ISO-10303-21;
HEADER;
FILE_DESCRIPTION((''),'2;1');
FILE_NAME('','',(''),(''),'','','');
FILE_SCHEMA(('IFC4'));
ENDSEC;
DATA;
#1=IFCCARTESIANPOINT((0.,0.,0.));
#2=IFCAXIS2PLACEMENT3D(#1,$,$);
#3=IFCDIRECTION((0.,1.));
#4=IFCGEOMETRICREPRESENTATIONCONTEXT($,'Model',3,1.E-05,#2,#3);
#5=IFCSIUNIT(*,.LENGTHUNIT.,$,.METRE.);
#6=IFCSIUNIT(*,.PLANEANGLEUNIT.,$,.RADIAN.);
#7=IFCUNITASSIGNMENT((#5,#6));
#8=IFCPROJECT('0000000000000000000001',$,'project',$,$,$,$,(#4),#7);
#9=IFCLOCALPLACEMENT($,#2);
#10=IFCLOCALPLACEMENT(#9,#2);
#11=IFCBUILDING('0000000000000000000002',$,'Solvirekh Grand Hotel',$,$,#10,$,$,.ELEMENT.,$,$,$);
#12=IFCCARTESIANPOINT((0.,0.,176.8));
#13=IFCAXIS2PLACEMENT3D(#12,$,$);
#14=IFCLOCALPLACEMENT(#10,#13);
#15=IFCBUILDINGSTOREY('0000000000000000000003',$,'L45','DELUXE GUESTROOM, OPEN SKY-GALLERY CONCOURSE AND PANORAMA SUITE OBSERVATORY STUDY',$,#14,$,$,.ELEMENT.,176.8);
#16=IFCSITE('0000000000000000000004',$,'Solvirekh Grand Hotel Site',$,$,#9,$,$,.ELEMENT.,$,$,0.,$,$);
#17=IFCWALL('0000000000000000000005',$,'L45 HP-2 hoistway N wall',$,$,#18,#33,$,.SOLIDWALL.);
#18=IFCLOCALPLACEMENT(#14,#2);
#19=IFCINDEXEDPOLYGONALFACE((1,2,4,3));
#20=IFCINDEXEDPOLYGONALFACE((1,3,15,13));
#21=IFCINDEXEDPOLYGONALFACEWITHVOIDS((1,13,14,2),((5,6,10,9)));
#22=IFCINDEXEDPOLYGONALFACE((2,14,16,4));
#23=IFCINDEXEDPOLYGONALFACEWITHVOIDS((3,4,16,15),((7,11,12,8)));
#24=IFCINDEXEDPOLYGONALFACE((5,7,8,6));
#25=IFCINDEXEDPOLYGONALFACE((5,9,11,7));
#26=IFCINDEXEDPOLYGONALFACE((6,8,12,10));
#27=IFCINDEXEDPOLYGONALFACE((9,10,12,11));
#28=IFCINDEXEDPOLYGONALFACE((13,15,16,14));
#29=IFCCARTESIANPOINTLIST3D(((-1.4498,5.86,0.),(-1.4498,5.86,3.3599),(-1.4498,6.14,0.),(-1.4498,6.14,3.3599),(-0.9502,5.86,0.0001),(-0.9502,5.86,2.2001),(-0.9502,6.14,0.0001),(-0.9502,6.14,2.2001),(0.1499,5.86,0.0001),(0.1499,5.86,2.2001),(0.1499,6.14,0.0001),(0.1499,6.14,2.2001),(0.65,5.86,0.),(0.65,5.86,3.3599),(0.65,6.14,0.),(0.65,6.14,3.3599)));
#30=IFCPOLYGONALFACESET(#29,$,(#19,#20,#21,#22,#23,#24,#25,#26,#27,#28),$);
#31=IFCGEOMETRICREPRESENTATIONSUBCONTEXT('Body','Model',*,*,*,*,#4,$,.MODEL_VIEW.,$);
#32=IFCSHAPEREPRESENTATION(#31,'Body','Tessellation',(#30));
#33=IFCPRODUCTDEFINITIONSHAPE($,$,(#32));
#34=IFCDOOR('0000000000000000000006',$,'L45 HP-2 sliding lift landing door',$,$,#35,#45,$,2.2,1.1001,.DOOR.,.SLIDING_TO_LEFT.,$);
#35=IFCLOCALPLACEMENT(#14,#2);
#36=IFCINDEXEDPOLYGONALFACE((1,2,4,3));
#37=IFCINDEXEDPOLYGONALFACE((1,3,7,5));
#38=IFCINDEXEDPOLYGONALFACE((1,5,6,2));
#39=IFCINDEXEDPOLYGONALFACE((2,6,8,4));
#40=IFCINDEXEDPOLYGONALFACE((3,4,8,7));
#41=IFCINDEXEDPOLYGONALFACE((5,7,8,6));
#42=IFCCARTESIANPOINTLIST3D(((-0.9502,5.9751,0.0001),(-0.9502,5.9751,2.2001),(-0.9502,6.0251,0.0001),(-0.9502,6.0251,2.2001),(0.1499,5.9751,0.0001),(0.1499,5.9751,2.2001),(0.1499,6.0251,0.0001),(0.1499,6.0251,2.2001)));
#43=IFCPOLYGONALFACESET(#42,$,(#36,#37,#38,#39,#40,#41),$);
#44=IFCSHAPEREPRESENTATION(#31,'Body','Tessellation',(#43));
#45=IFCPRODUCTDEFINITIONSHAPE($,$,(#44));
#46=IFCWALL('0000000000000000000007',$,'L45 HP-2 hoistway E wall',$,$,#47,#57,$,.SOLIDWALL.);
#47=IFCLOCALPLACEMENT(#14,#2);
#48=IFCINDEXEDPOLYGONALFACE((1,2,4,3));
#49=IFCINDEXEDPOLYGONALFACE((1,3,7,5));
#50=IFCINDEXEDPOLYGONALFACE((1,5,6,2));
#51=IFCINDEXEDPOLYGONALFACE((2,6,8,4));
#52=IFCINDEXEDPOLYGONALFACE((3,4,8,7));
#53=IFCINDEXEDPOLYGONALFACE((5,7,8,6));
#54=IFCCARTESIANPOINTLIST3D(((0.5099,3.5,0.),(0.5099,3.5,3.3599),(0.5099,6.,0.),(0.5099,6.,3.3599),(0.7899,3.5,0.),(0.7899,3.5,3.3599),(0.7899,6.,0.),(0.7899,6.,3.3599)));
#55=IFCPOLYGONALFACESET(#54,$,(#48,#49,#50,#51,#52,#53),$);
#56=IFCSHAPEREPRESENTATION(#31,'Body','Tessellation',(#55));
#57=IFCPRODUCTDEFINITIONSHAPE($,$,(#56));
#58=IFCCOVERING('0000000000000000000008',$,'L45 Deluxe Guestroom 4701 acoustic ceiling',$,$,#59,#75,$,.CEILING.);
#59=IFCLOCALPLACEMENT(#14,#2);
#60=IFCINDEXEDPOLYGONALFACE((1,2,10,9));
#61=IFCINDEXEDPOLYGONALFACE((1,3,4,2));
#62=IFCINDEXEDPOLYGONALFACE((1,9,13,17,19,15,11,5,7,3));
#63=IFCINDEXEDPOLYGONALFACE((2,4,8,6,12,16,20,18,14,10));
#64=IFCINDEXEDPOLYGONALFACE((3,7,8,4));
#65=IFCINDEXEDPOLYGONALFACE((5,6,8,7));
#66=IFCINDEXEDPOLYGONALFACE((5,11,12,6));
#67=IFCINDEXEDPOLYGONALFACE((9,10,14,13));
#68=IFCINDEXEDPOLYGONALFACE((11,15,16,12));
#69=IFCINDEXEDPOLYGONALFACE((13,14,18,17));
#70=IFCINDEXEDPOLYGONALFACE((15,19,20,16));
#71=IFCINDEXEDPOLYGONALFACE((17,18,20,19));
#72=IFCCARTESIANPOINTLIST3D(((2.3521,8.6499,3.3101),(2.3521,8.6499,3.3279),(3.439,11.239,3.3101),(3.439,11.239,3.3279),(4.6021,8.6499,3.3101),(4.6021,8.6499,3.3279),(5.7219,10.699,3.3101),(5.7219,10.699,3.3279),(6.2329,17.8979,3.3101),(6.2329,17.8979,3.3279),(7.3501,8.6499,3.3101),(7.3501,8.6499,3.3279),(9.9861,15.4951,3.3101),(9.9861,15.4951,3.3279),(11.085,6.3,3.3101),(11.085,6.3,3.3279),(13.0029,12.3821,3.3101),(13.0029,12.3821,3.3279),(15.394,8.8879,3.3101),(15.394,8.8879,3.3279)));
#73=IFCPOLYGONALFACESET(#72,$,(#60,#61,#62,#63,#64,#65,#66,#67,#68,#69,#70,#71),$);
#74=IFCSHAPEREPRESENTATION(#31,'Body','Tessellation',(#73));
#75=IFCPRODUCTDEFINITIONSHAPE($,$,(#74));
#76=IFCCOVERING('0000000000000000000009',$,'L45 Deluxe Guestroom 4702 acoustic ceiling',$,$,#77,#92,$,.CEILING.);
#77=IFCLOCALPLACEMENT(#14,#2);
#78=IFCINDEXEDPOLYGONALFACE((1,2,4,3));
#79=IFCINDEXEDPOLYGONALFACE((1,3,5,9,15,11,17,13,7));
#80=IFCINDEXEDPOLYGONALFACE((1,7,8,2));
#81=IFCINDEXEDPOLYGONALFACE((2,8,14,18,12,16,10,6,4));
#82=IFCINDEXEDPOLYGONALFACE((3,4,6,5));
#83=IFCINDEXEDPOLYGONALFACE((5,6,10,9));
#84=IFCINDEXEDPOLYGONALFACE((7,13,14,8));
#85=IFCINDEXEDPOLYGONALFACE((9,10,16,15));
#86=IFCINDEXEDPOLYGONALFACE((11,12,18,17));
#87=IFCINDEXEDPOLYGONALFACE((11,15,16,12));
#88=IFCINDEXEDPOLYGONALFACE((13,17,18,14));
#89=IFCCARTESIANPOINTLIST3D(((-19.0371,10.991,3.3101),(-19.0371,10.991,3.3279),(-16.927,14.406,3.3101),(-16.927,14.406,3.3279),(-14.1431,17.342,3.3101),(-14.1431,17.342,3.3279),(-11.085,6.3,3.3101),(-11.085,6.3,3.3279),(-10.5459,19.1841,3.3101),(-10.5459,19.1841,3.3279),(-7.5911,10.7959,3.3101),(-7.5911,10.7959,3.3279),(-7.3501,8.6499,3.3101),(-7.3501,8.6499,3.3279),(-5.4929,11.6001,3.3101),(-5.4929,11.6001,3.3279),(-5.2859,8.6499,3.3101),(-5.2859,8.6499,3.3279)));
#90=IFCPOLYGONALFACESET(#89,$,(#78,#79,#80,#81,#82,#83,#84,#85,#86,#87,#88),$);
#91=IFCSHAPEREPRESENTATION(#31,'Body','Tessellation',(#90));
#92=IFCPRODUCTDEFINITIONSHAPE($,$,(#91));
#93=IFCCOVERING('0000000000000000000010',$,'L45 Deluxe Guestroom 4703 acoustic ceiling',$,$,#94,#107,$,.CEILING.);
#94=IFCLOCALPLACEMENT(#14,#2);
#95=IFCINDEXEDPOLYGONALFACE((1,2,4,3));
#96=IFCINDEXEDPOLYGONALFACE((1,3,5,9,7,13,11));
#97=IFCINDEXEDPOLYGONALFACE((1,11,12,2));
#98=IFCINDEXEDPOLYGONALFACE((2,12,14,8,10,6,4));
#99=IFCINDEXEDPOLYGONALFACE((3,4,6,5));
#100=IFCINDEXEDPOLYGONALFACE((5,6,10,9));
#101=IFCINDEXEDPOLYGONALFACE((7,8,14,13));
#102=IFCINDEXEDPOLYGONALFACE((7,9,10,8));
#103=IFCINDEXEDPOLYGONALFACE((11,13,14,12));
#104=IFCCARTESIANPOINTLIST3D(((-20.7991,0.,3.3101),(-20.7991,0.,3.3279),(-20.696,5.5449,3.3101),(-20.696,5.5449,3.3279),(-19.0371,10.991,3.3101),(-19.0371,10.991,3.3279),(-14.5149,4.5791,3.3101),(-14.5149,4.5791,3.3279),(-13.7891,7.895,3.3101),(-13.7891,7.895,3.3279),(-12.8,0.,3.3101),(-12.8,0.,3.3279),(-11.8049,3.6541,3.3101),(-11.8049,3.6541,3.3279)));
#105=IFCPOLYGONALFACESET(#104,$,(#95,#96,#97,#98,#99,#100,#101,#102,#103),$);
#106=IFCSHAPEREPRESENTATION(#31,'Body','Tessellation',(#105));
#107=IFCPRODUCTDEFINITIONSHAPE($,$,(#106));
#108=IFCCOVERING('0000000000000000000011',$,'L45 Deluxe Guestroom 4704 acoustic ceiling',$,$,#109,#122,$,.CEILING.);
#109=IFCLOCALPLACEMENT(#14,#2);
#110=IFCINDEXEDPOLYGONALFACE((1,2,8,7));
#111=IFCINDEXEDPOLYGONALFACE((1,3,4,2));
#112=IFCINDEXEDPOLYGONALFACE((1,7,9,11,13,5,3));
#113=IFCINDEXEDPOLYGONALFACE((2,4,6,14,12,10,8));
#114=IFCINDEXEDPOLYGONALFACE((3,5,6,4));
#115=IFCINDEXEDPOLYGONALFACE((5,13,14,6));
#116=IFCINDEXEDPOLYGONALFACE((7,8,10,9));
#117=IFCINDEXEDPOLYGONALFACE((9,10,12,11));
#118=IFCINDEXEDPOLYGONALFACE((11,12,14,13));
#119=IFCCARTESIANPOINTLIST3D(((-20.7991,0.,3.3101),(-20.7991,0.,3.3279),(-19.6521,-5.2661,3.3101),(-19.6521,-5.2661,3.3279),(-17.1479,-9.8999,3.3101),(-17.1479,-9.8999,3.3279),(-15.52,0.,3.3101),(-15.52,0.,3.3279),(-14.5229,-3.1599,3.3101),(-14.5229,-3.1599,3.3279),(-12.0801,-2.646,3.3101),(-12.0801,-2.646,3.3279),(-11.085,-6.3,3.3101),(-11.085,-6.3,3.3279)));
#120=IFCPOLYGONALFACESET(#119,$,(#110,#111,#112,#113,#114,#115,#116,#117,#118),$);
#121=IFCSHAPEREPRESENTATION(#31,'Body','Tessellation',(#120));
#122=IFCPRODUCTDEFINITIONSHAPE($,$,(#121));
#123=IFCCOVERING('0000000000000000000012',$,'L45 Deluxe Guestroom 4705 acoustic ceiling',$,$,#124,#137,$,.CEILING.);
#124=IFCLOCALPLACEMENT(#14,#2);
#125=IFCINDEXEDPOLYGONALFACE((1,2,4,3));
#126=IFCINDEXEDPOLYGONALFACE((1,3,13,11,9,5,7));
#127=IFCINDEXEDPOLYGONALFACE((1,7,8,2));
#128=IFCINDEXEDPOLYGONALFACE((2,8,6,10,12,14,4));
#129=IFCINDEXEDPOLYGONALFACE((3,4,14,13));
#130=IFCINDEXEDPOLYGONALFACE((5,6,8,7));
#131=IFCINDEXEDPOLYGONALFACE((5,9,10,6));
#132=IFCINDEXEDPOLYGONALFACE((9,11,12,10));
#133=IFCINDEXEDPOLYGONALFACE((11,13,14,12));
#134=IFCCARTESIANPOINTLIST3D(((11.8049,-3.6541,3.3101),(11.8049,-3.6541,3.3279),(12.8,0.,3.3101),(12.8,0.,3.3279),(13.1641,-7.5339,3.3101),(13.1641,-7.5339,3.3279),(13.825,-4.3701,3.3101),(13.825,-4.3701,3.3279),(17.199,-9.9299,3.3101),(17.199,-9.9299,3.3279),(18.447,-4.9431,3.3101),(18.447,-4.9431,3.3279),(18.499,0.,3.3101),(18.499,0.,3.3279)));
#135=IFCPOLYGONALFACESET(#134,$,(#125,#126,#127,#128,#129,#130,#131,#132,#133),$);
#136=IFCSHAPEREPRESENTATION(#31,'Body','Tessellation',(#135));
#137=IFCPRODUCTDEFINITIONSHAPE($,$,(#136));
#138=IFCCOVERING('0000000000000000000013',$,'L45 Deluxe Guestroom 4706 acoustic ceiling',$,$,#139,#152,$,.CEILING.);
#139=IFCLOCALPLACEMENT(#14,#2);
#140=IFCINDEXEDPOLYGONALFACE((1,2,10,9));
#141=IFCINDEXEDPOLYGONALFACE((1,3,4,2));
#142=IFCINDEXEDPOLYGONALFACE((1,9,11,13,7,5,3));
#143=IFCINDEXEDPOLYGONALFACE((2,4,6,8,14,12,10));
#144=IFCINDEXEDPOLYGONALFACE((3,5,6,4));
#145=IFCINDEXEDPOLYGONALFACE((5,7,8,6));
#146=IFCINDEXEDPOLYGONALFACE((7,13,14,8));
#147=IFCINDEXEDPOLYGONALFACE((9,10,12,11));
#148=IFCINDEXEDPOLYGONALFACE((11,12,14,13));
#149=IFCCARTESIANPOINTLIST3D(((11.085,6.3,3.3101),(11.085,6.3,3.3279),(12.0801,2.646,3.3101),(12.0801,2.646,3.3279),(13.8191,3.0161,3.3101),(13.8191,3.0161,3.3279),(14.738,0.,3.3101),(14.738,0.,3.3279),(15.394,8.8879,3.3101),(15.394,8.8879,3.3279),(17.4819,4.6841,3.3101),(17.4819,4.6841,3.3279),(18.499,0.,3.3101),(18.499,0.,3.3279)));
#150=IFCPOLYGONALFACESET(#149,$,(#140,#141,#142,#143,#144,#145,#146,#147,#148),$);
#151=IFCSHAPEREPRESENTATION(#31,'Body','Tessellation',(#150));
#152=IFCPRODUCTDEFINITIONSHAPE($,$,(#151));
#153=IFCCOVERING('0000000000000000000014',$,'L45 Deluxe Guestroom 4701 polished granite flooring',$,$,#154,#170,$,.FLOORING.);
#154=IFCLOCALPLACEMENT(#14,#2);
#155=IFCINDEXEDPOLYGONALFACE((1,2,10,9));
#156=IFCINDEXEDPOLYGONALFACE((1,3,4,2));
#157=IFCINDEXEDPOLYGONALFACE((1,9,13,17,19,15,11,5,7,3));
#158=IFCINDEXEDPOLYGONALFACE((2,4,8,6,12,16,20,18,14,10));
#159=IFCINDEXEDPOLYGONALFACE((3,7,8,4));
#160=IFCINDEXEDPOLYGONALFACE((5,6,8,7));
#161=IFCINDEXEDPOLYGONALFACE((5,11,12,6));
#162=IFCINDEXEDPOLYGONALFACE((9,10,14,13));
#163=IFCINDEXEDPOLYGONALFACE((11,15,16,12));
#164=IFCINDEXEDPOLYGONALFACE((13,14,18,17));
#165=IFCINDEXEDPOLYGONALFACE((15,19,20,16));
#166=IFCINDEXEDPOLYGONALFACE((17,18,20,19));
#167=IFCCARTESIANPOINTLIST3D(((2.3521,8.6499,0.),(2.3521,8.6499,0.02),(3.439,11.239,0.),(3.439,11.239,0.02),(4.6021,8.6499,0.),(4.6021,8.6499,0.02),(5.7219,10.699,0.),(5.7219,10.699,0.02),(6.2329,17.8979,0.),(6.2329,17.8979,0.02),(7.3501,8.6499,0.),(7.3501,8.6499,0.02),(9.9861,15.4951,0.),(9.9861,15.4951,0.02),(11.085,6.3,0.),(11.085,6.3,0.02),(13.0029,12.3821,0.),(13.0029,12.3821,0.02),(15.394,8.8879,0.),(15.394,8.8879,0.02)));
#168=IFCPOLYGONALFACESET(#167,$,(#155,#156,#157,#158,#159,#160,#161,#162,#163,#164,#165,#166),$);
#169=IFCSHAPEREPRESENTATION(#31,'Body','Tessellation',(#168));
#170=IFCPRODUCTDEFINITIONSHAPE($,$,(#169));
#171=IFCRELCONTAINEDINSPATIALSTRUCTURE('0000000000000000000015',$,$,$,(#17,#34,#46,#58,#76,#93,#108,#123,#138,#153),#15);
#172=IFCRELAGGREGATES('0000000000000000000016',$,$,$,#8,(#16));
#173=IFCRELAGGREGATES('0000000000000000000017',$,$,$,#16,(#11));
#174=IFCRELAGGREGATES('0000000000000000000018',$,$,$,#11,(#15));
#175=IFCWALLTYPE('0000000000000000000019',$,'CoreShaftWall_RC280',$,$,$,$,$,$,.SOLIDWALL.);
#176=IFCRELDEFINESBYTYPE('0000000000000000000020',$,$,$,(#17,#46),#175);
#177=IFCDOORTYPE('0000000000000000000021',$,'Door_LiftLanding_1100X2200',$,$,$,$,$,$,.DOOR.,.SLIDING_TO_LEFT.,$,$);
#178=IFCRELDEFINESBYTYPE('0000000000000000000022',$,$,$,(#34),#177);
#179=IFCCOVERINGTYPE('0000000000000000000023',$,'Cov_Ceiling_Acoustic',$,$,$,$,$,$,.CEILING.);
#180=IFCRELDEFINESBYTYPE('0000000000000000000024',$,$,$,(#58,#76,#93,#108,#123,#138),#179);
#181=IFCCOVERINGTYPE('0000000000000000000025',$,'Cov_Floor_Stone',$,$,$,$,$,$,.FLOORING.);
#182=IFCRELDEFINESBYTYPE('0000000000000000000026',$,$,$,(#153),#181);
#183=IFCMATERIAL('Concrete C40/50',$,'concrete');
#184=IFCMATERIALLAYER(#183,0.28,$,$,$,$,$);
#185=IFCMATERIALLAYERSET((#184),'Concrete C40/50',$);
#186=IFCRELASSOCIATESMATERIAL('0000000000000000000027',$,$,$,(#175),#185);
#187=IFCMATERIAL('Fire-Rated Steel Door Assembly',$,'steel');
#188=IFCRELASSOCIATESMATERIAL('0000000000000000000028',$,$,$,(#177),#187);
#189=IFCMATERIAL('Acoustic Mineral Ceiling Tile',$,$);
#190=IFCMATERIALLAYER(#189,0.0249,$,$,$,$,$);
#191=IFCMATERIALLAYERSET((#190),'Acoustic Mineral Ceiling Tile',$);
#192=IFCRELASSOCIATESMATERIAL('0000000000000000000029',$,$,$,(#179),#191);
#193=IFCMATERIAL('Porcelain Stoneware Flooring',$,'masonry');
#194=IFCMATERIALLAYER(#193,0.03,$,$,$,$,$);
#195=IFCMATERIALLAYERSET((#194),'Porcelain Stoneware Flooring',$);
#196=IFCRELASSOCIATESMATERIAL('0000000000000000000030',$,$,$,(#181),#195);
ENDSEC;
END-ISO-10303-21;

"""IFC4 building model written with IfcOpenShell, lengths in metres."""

from ifc_helpers import new_model, si_unit, direction, frame, frame_2d, origin, place, context, subcontext, project, spatial, polyline, rectangle, outline, extrude, material, layer, layer_set, type_object, element, fill, save


model = new_model("IFC4")

# Units and contexts
model_context = context("Model", 3, precision=1e-05, world=origin(), true_north=direction((0.0, 1.0)))
body_context = subcontext(model_context, "Body", "Model", "MODEL_VIEW")
ifc_project = project(units=[si_unit("LENGTHUNIT", "METRE"), si_unit("PLANEANGLEUNIT", "RADIAN")], contexts=[model_context])

# Site, building, storey
site_placement = place(None, origin())
site = spatial("IfcSite", under=ifc_project, at=site_placement, Name="Solvirekh Grand Hotel Site", CompositionType="ELEMENT", RefElevation=0.0)
building_placement = place(site_placement, origin())
building = spatial("IfcBuilding", under=site, at=building_placement, Name="Solvirekh Grand Hotel", CompositionType="ELEMENT")
storey_placement = place(building_placement, frame((0.0, 0.0, 176.8)))
storey = spatial("IfcBuildingStorey", under=building, at=storey_placement, Name="L45", Description="DELUXE GUESTROOM, OPEN SKY-GALLERY CONCOURSE AND PANORAMA SUITE OBSERVATORY STUDY", CompositionType="ELEMENT", Elevation=176.8)

# Wall, opening, door
ifc_material_1 = material(Name="Concrete C40/50", Category="concrete")
ifc_layer_1 = layer(ifc_material_1, 0.28)
ifc_layer_set_1 = layer_set([ifc_layer_1], Name="Concrete C40/50")
wall_type = type_object("IfcWallType", Name="CoreShaftWall_RC280", PredefinedType="SOLIDWALL", material=ifc_layer_set_1)
wall_1_placement = place(storey_placement, frame((0.6499, 6.0, 0.0), z_axis=(0.0, 0.0, 1.0), x_axis=(-1.0, 0.0, 0.0)))
wall_1 = element("IfcWall", 1, at=wall_1_placement, inside=storey, type_object=wall_type, Name="L45 HP-2 hoistway N wall", PredefinedType="SOLIDWALL", context=body_context, shape_type="SweptSolid", body=[
    extrude(rectangle(XDim=2.0999, YDim=0.28, at=frame_2d((1.0498, 0.0))), origin(), (0.0, 0.0, 1.0), 3.3599),
])
opening_placement = place(wall_1_placement, frame((0.5, 0.0, 0.0)))
opening = element("IfcOpeningElement", 2, at=opening_placement, cuts=wall_1, PredefinedType="OPENING", context=body_context, shape_type="SweptSolid", body=[
    extrude(rectangle(XDim=1.1001, YDim=2.2, at=frame_2d((0.55, 1.1001))), frame((0.0, 0.1499, 0.0), z_axis=(0.0, -1.0, 0.0), x_axis=(1.0, 0.0, 0.0)), (0.0, 0.0, 1.0), 0.3),
])
ifc_material_2 = material(Name="Fire-Rated Steel Door Assembly", Category="steel")
door_type = type_object("IfcDoorType", Name="Door_LiftLanding_1100X2200", OperationType="SLIDING_TO_LEFT", PredefinedType="DOOR", material=ifc_material_2)
door_placement = place(opening_placement, origin())
door = element("IfcDoor", 3, at=door_placement, inside=storey, type_object=door_type, Name="L45 HP-2 sliding lift landing door", OperationType="SLIDING_TO_LEFT", OverallHeight=2.2, OverallWidth=1.1001, PredefinedType="DOOR", context=body_context, shape_type="SweptSolid", body=[
    extrude(rectangle(XDim=1.1001, YDim=2.2, at=frame_2d((0.55, 1.1001))), frame((0.0, 0.0249, 0.0), z_axis=(0.0, -1.0, 0.0), x_axis=(1.0, 0.0, 0.0)), (0.0, 0.0, 1.0), 0.05),
])
fill(opening, door)

# Wall
wall_2_placement = place(storey_placement, frame((0.6499, 3.5, 0.0), z_axis=(0.0, 0.0, 1.0), x_axis=(0.0, 1.0, 0.0)))
element("IfcWall", 4, at=wall_2_placement, inside=storey, type_object=wall_type, Name="L45 HP-2 hoistway E wall", PredefinedType="SOLIDWALL", context=body_context, shape_type="SweptSolid", body=[
    extrude(rectangle(XDim=2.5, YDim=0.28, at=frame_2d((1.25, 0.0))), origin(), (0.0, 0.0, 1.0), 3.3599),
])

# Coverings
ifc_material_3 = material(Name="Acoustic Mineral Ceiling Tile")
ifc_layer_2 = layer(ifc_material_3, 0.0249)
ifc_layer_set_2 = layer_set([ifc_layer_2], Name="Acoustic Mineral Ceiling Tile")
covering_type_1 = type_object("IfcCoveringType", Name="Cov_Ceiling_Acoustic", PredefinedType="CEILING", material=ifc_layer_set_2)
covering_1_placement = place(storey_placement, frame((0.0, 0.0, 3.3101)))
element("IfcCovering", 5, at=covering_1_placement, inside=storey, type_object=covering_type_1, Name="L45 Deluxe Guestroom 4701 acoustic ceiling", PredefinedType="CEILING", context=body_context, shape_type="SweptSolid", body=[
    extrude(outline(polyline([(2.3521, 8.6499), (3.439, 11.239), (5.7219, 10.699), (4.6021, 8.6499), (7.3501, 8.6499), (11.085, 6.3), (15.394, 8.8879), (13.0029, 12.3821), (9.9861, 15.4951), (6.2329, 17.8979), (2.3521, 8.6499)])), origin(), (0.0, 0.0, 1.0), 0.0178),
])
covering_2_placement = place(storey_placement, frame((0.0, 0.0, 3.3101)))
element("IfcCovering", 6, at=covering_2_placement, inside=storey, type_object=covering_type_1, Name="L45 Deluxe Guestroom 4702 acoustic ceiling", PredefinedType="CEILING", context=body_context, shape_type="SweptSolid", body=[
    extrude(outline(polyline([(-5.2859, 8.6499), (-7.5911, 10.7959), (-5.4929, 11.6001), (-10.5459, 19.1841), (-14.1431, 17.342), (-16.927, 14.406), (-19.0371, 10.991), (-11.085, 6.3), (-7.3501, 8.6499), (-5.2859, 8.6499)])), origin(), (0.0, 0.0, 1.0), 0.0178),
])
covering_3_placement = place(storey_placement, frame((0.0, 0.0, 3.3101)))
element("IfcCovering", 7, at=covering_3_placement, inside=storey, type_object=covering_type_1, Name="L45 Deluxe Guestroom 4703 acoustic ceiling", PredefinedType="CEILING", context=body_context, shape_type="SweptSolid", body=[
    extrude(outline(polyline([(-14.5149, 4.5791), (-13.7891, 7.895), (-19.0371, 10.991), (-20.696, 5.5449), (-20.7991, 0.0), (-12.8, 0.0), (-11.8049, 3.6541), (-14.5149, 4.5791)])), origin(), (0.0, 0.0, 1.0), 0.0178),
])
covering_4_placement = place(storey_placement, frame((0.0, 0.0, 3.3101)))
element("IfcCovering", 8, at=covering_4_placement, inside=storey, type_object=covering_type_1, Name="L45 Deluxe Guestroom 4704 acoustic ceiling", PredefinedType="CEILING", context=body_context, shape_type="SweptSolid", body=[
    extrude(outline(polyline([(-14.5229, -3.1599), (-15.52, 0.0), (-20.7991, 0.0), (-19.6521, -5.2661), (-17.1479, -9.8999), (-11.085, -6.3), (-12.0801, -2.646), (-14.5229, -3.1599)])), origin(), (0.0, 0.0, 1.0), 0.0178),
])
covering_5_placement = place(storey_placement, frame((0.0, 0.0, 3.3101)))
element("IfcCovering", 9, at=covering_5_placement, inside=storey, type_object=covering_type_1, Name="L45 Deluxe Guestroom 4705 acoustic ceiling", PredefinedType="CEILING", context=body_context, shape_type="SweptSolid", body=[
    extrude(outline(polyline([(13.825, -4.3701), (13.1641, -7.5339), (17.199, -9.9299), (18.447, -4.9431), (18.499, 0.0), (12.8, 0.0), (11.8049, -3.6541), (13.825, -4.3701)])), origin(), (0.0, 0.0, 1.0), 0.0178),
])
covering_6_placement = place(storey_placement, frame((0.0, 0.0, 3.3101)))
element("IfcCovering", 10, at=covering_6_placement, inside=storey, type_object=covering_type_1, Name="L45 Deluxe Guestroom 4706 acoustic ceiling", PredefinedType="CEILING", context=body_context, shape_type="SweptSolid", body=[
    extrude(outline(polyline([(13.8191, 3.0161), (14.738, 0.0), (18.499, 0.0), (17.4819, 4.6841), (15.394, 8.8879), (11.085, 6.3), (12.0801, 2.646), (13.8191, 3.0161)])), origin(), (0.0, 0.0, 1.0), 0.0178),
])
ifc_material_4 = material(Name="Porcelain Stoneware Flooring", Category="masonry")
ifc_layer_3 = layer(ifc_material_4, 0.03)
ifc_layer_set_3 = layer_set([ifc_layer_3], Name="Porcelain Stoneware Flooring")
covering_type_2 = type_object("IfcCoveringType", Name="Cov_Floor_Stone", PredefinedType="FLOORING", material=ifc_layer_set_3)
covering_7_placement = place(storey_placement, origin())
element("IfcCovering", 11, at=covering_7_placement, inside=storey, type_object=covering_type_2, Name="L45 Deluxe Guestroom 4701 polished granite flooring", PredefinedType="FLOORING", context=body_context, shape_type="SweptSolid", body=[
    extrude(outline(polyline([(2.3521, 8.6499), (3.439, 11.239), (5.7219, 10.699), (4.6021, 8.6499), (7.3501, 8.6499), (11.085, 6.3), (15.394, 8.8879), (13.0029, 12.3821), (9.9861, 15.4951), (6.2329, 17.8979), (2.3521, 8.6499)])), origin(), (0.0, 0.0, 1.0), 0.02),
])

save(model, "model.ifc")
